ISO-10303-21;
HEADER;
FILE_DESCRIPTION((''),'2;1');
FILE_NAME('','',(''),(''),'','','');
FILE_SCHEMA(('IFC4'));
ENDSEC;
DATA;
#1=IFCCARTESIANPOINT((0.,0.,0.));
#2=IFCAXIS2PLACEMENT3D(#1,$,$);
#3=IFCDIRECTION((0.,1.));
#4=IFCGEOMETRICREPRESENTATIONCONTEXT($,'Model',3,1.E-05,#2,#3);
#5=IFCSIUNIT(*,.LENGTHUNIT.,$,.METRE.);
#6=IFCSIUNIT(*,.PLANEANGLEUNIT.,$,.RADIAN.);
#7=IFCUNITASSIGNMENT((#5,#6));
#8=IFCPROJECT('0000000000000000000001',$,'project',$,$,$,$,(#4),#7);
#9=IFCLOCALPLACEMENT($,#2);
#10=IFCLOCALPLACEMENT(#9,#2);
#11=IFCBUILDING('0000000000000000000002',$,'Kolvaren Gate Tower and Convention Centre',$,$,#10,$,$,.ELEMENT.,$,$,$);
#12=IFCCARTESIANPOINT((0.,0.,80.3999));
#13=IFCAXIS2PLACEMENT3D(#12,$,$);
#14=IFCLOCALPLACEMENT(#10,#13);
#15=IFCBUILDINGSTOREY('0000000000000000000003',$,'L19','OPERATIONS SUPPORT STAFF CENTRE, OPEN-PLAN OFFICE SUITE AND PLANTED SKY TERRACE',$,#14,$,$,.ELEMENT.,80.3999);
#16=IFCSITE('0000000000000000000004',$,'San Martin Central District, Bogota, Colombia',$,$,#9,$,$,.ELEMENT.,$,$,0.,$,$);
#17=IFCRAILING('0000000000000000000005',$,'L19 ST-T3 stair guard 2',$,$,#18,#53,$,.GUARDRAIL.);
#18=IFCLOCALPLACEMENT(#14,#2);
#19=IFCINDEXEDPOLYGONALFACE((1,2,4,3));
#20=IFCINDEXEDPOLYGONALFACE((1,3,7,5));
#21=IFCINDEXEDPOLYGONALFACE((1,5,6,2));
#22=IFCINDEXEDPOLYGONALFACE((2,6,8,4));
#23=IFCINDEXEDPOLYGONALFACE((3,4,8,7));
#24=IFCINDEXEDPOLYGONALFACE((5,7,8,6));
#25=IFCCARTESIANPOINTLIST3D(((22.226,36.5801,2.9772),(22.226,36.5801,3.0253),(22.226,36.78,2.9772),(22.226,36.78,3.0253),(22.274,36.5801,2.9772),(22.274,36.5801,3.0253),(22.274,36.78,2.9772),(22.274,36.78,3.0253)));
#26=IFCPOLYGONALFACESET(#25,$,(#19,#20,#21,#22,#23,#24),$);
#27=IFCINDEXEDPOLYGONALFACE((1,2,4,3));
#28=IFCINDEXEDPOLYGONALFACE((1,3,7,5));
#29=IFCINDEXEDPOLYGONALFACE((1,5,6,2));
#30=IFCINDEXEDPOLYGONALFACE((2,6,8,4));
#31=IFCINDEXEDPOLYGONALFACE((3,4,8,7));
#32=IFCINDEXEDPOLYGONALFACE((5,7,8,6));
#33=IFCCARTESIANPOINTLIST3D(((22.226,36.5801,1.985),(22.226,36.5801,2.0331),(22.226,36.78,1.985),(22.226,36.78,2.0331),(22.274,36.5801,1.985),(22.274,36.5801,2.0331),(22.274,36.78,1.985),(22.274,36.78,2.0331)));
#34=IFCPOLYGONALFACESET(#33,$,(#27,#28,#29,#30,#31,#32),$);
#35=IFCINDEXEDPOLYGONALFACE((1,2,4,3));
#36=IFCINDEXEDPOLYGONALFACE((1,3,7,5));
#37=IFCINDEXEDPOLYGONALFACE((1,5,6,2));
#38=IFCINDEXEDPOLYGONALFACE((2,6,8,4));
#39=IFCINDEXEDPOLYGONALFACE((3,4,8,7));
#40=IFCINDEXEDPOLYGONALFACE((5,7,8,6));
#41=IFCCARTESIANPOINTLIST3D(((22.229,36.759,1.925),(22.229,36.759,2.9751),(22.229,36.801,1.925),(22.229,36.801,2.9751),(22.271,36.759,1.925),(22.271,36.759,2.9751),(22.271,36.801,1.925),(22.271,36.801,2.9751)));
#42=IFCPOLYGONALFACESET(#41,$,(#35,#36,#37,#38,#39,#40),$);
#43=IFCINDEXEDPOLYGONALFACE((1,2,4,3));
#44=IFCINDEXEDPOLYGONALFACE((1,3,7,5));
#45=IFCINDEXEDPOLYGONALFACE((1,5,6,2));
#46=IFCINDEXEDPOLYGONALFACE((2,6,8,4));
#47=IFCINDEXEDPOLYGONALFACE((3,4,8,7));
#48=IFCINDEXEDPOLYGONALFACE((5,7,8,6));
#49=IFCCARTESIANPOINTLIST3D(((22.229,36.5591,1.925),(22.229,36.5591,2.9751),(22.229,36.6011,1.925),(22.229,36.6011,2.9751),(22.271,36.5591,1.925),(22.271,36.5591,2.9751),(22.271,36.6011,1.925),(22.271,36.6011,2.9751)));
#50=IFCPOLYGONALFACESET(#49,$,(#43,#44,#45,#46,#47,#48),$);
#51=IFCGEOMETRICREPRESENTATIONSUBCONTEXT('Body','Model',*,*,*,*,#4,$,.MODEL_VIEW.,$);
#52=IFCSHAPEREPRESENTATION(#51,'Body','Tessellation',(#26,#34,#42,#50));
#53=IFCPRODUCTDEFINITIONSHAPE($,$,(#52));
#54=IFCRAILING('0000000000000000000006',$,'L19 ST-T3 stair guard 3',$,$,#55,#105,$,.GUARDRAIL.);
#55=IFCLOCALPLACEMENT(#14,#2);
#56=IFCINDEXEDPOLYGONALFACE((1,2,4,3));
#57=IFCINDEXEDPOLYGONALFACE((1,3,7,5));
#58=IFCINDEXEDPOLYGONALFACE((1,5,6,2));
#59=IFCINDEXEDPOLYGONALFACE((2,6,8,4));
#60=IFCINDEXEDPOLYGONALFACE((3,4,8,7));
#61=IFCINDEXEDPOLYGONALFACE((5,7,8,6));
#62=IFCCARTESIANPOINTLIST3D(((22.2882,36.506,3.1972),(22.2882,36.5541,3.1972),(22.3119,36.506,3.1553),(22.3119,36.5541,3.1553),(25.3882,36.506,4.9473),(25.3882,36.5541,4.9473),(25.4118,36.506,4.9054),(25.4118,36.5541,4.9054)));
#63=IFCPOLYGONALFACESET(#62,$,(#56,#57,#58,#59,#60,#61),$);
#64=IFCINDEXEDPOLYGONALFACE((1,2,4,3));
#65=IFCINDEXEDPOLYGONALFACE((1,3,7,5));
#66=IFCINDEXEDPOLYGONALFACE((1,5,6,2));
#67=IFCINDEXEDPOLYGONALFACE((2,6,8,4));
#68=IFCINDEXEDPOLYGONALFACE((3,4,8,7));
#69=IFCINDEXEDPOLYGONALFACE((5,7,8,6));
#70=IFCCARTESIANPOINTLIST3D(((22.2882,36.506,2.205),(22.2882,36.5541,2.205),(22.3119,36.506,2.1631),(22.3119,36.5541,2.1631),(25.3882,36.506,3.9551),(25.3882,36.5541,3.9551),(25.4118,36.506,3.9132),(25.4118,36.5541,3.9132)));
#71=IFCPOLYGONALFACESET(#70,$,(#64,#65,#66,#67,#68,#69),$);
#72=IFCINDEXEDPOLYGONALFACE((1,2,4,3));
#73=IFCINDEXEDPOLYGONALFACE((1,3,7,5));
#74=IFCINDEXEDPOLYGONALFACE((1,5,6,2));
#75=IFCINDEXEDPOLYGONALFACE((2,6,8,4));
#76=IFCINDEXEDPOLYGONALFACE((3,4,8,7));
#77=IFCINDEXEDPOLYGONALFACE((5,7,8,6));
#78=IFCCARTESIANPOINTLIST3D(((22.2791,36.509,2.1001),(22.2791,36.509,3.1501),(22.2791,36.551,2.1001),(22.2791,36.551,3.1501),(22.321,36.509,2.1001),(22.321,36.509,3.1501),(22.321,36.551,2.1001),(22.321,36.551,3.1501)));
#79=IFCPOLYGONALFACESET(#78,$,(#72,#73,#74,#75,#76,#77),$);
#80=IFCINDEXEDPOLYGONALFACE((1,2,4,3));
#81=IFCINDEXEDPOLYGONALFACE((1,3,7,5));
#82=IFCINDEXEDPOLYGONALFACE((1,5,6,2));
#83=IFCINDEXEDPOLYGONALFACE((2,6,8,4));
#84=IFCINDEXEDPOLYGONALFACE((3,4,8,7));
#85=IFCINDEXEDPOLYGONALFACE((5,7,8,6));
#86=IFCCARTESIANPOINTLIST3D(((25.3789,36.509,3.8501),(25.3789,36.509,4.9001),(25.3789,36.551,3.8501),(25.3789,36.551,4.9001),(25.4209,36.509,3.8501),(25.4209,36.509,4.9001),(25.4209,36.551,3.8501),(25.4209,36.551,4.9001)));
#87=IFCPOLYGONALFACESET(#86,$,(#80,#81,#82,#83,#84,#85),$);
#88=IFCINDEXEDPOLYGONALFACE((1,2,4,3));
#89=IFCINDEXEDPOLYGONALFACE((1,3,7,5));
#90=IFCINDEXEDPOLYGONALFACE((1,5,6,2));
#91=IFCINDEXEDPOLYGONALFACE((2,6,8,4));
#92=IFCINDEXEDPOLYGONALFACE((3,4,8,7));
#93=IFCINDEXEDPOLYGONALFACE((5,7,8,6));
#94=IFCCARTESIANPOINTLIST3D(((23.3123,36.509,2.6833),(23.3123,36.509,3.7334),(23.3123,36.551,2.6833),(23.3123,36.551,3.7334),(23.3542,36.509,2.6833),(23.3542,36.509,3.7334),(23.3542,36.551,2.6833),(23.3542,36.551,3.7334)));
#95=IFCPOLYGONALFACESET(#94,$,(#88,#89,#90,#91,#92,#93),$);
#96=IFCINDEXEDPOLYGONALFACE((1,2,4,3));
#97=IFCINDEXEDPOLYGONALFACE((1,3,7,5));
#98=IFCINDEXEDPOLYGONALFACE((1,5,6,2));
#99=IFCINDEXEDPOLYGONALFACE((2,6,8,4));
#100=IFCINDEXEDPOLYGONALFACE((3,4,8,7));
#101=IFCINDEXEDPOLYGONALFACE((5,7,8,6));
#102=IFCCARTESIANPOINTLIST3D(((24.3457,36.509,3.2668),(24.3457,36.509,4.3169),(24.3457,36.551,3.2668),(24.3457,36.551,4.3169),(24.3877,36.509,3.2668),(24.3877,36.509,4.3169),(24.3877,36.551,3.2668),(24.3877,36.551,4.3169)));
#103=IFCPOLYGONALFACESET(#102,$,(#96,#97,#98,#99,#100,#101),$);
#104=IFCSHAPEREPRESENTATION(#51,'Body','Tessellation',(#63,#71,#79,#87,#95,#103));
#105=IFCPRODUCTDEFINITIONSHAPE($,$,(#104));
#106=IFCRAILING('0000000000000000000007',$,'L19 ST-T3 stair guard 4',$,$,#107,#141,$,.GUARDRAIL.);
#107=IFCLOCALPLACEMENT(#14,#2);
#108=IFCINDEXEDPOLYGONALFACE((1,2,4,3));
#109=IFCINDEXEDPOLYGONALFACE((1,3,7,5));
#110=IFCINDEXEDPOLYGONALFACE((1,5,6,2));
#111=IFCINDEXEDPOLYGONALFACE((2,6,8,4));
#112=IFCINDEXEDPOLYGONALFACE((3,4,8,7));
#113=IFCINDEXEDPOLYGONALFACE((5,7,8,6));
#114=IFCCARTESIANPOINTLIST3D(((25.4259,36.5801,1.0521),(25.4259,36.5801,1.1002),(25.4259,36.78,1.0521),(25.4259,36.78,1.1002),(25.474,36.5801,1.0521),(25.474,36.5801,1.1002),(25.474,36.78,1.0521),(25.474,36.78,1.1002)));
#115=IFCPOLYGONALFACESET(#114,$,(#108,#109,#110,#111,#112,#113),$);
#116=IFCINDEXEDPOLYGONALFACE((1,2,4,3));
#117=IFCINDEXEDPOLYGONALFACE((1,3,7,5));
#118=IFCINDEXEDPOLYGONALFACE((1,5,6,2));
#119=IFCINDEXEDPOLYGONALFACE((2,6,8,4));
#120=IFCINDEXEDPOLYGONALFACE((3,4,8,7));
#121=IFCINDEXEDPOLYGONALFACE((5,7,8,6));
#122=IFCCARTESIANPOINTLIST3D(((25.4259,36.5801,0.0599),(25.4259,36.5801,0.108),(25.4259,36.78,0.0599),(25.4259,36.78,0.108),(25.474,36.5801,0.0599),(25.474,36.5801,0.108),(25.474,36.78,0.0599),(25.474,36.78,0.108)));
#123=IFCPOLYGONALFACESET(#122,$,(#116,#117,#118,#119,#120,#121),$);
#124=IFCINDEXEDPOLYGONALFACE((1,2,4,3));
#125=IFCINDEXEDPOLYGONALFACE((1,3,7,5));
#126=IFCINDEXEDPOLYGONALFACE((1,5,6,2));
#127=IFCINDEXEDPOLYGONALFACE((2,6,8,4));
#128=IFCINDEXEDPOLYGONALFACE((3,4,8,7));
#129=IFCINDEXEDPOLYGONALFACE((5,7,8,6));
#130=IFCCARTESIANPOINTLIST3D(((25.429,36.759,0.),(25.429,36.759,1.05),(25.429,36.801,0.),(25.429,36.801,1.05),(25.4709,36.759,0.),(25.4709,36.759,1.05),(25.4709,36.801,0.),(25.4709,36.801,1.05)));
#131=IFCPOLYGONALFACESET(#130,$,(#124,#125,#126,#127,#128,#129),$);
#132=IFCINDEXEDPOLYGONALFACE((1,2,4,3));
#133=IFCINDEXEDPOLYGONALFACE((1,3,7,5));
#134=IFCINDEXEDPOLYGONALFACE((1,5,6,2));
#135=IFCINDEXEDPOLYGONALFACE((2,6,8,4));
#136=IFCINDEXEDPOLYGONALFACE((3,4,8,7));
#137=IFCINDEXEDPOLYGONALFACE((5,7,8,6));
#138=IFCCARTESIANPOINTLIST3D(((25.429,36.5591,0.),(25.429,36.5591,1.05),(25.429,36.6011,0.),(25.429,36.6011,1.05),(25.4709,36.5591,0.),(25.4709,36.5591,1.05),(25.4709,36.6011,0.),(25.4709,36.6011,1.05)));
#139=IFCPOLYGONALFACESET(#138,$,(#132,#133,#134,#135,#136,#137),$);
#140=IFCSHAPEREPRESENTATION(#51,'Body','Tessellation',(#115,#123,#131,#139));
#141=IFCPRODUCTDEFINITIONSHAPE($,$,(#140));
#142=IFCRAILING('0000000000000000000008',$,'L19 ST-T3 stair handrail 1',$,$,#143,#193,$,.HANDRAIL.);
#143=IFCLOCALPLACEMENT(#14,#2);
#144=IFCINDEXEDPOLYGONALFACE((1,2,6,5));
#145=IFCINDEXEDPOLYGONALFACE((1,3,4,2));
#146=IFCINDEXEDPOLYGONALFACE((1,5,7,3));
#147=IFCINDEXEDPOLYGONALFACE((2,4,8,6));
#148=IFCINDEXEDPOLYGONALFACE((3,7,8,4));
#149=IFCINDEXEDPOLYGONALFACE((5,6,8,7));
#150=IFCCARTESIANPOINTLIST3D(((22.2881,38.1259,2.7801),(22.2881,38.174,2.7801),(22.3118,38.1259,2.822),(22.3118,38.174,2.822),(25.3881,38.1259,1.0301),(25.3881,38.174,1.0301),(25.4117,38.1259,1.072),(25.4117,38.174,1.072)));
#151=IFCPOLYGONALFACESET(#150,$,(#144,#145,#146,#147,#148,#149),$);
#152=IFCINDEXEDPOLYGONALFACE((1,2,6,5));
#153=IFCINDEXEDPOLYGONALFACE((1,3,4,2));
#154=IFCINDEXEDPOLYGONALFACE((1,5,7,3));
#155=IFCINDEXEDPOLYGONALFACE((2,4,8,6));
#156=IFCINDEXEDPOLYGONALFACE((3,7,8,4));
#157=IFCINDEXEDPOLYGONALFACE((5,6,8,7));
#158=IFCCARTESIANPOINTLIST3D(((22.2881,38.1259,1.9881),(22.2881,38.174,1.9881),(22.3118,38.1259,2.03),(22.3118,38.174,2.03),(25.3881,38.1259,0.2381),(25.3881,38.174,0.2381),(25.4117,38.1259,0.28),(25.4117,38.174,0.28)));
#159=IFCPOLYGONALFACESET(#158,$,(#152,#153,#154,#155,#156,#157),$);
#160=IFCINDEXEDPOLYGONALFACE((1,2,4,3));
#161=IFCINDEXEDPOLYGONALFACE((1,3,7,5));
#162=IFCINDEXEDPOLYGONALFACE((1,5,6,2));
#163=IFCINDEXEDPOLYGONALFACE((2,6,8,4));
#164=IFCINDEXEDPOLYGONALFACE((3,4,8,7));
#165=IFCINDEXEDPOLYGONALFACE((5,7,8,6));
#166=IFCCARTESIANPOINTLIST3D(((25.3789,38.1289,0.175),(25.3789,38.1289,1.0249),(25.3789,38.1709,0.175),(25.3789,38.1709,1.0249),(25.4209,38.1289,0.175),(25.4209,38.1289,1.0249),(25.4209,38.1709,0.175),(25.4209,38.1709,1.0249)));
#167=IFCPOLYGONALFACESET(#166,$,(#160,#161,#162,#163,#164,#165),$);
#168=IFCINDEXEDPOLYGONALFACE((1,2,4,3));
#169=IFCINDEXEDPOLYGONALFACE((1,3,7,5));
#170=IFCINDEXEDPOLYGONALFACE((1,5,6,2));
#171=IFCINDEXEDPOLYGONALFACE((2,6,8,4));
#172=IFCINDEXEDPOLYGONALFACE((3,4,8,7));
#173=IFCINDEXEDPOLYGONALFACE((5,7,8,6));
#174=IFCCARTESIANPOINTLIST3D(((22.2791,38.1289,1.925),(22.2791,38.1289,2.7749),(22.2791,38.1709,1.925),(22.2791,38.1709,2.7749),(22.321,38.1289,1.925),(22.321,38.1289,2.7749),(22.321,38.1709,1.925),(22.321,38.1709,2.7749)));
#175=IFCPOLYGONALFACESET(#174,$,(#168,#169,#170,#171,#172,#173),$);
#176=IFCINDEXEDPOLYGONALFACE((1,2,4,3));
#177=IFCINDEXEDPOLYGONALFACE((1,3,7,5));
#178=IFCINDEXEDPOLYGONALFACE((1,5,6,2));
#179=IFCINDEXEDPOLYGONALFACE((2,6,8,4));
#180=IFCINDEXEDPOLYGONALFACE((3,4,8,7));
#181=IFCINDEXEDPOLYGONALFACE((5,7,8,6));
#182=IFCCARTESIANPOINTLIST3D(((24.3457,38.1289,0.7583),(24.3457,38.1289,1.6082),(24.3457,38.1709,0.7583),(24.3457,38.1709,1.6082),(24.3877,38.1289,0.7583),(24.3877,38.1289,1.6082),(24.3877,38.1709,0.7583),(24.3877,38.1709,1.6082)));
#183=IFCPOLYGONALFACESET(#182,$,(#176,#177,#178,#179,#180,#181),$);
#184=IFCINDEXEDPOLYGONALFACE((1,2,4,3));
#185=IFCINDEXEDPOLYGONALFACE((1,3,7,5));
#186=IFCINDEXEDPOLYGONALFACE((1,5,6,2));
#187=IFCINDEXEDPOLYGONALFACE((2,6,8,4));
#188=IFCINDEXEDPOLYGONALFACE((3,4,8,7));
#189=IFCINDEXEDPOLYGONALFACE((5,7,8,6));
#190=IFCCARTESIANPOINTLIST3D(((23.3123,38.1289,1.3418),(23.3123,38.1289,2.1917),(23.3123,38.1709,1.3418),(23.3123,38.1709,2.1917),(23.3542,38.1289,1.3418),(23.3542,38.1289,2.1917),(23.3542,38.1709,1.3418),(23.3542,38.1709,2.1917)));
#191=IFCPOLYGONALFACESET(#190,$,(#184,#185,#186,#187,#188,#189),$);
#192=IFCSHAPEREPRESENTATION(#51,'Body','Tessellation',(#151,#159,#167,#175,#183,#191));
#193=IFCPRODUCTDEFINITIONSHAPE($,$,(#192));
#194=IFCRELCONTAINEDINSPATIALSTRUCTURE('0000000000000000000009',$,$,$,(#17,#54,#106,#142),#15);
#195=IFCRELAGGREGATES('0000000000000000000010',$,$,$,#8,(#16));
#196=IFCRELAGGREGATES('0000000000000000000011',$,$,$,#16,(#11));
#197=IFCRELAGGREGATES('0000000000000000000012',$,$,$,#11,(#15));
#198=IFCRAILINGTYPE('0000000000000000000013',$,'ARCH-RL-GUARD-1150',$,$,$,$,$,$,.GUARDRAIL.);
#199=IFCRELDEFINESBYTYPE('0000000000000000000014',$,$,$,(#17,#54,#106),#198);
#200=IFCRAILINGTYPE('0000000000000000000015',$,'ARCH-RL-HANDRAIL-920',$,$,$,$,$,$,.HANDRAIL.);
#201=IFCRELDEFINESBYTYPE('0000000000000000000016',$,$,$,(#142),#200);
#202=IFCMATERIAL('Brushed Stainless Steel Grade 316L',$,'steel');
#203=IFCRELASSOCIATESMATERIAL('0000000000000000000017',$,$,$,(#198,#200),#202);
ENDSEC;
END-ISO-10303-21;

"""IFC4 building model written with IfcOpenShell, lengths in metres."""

from ifc_helpers import new_model, si_unit, direction, frame, origin, origin_2d, place, context, subcontext, project, spatial, rectangle, extrude, material, type_object, element, save


model = new_model("IFC4")

# Units and contexts
model_context = context("Model", 3, precision=1e-05, world=origin(), true_north=direction((0.0, 1.0)))
body_context = subcontext(model_context, "Body", "Model", "MODEL_VIEW")
ifc_project = project(units=[si_unit("LENGTHUNIT", "METRE"), si_unit("PLANEANGLEUNIT", "RADIAN")], contexts=[model_context])

# Site, building, storey
site_placement = place(None, origin())
site = spatial("IfcSite", under=ifc_project, at=site_placement, Name="San Martin Central District, Bogota, Colombia", CompositionType="ELEMENT", RefElevation=0.0)
building_placement = place(site_placement, origin())
building = spatial("IfcBuilding", under=site, at=building_placement, Name="Kolvaren Gate Tower and Convention Centre", CompositionType="ELEMENT")
storey_placement = place(building_placement, frame((0.0, 0.0, 80.3999)))
storey = spatial("IfcBuildingStorey", under=building, at=storey_placement, Name="L19", Description="OPERATIONS SUPPORT STAFF CENTRE, OPEN-PLAN OFFICE SUITE AND PLANTED SKY TERRACE", CompositionType="ELEMENT", Elevation=80.3999)

# Railings
ifc_material_1 = material(Name="Brushed Stainless Steel Grade 316L", Category="steel")
railing_type_1 = type_object("IfcRailingType", Name="ARCH-RL-GUARD-1150", PredefinedType="GUARDRAIL", material=ifc_material_1)
railing_1_placement = place(storey_placement, frame((22.25, 36.78, 1.925)))
element("IfcRailing", 1, at=railing_1_placement, inside=storey, type_object=railing_type_1, Name="L19 ST-T3 stair guard 2", PredefinedType="GUARDRAIL", context=body_context, shape_type="SweptSolid", body=[
    extrude(rectangle(XDim=0.0481, YDim=0.0481, at=origin_2d()), frame((0.0, 0.0, 1.0762), z_axis=(0.0, -1.0, 0.0), x_axis=(1.0, 0.0, 0.0)), (0.0, 0.0, 1.0), 0.2),
    extrude(rectangle(XDim=0.0481, YDim=0.0481, at=origin_2d()), frame((0.0, 0.0, 0.084), z_axis=(0.0, -1.0, 0.0), x_axis=(1.0, 0.0, 0.0)), (0.0, 0.0, 1.0), 0.2),
    extrude(rectangle(XDim=0.042, YDim=0.042, at=origin_2d()), origin(), (0.0, 0.0, 1.0), 1.05),
    extrude(rectangle(XDim=0.042, YDim=0.042, at=origin_2d()), frame((0.0, -0.2, 0.0)), (0.0, 0.0, 1.0), 1.05),
])
railing_2_placement = place(storey_placement, frame((22.3, 36.53, 2.1001)))
element("IfcRailing", 2, at=railing_2_placement, inside=storey, type_object=railing_type_1, Name="L19 ST-T3 stair guard 3", PredefinedType="GUARDRAIL", context=body_context, shape_type="SweptSolid", body=[
    extrude(rectangle(XDim=0.0481, YDim=0.0481, at=origin_2d()), frame((0.0, 0.0, 1.0762), z_axis=(0.870814, 0.0, 0.491612), x_axis=(0.0, 1.0, 0.0)), (0.0, 0.0, 1.0), 3.5598),
    extrude(rectangle(XDim=0.0481, YDim=0.0481, at=origin_2d()), frame((0.0, 0.0, 0.084), z_axis=(0.870814, 0.0, 0.491612), x_axis=(0.0, 1.0, 0.0)), (0.0, 0.0, 1.0), 3.5598),
    extrude(rectangle(XDim=0.042, YDim=0.042, at=origin_2d()), origin(), (0.0, 0.0, 1.0), 1.05),
    extrude(rectangle(XDim=0.042, YDim=0.042, at=origin_2d()), frame((3.0999, 0.0, 1.75)), (0.0, 0.0, 1.0), 1.05),
    extrude(rectangle(XDim=0.042, YDim=0.042, at=origin_2d()), frame((1.0332, 0.0, 0.5833)), (0.0, 0.0, 1.0), 1.05),
    extrude(rectangle(XDim=0.042, YDim=0.042, at=origin_2d()), frame((2.0667, 0.0, 1.1667)), (0.0, 0.0, 1.0), 1.05),
])
railing_3_placement = place(storey_placement, frame((25.45, 36.78, 0.0)))
element("IfcRailing", 3, at=railing_3_placement, inside=storey, type_object=railing_type_1, Name="L19 ST-T3 stair guard 4", PredefinedType="GUARDRAIL", context=body_context, shape_type="SweptSolid", body=[
    extrude(rectangle(XDim=0.0481, YDim=0.0481, at=origin_2d()), frame((0.0, 0.0, 1.0762), z_axis=(0.0, -1.0, 0.0), x_axis=(1.0, 0.0, 0.0)), (0.0, 0.0, 1.0), 0.2),
    extrude(rectangle(XDim=0.0481, YDim=0.0481, at=origin_2d()), frame((0.0, 0.0, 0.084), z_axis=(0.0, -1.0, 0.0), x_axis=(1.0, 0.0, 0.0)), (0.0, 0.0, 1.0), 0.2),
    extrude(rectangle(XDim=0.042, YDim=0.042, at=origin_2d()), origin(), (0.0, 0.0, 1.0), 1.05),
    extrude(rectangle(XDim=0.042, YDim=0.042, at=origin_2d()), frame((0.0, -0.2, 0.0)), (0.0, 0.0, 1.0), 1.05),
])
railing_type_2 = type_object("IfcRailingType", Name="ARCH-RL-HANDRAIL-920", PredefinedType="HANDRAIL", material=ifc_material_1)
railing_4_placement = place(storey_placement, frame((25.3999, 38.1499, 0.175)))
element("IfcRailing", 4, at=railing_4_placement, inside=storey, type_object=railing_type_2, Name="L19 ST-T3 stair handrail 1", PredefinedType="HANDRAIL", context=body_context, shape_type="SweptSolid", body=[
    extrude(rectangle(XDim=0.0481, YDim=0.0481, at=origin_2d()), frame((0.0, 0.0, 0.876), z_axis=(-0.870814, 0.0, 0.491612), x_axis=(0.0, -1.0, 0.0)), (0.0, 0.0, 1.0), 3.5598),
    extrude(rectangle(XDim=0.0481, YDim=0.0481, at=origin_2d()), frame((0.0, 0.0, 0.084), z_axis=(-0.870814, 0.0, 0.491612), x_axis=(0.0, -1.0, 0.0)), (0.0, 0.0, 1.0), 3.5598),
    extrude(rectangle(XDim=0.042, YDim=0.042, at=origin_2d()), origin(), (0.0, 0.0, 1.0), 0.8499),
    extrude(rectangle(XDim=0.042, YDim=0.042, at=origin_2d()), frame((-3.0999, 0.0, 1.75)), (0.0, 0.0, 1.0), 0.8499),
    extrude(rectangle(XDim=0.042, YDim=0.042, at=origin_2d()), frame((-1.0332, 0.0, 0.5833)), (0.0, 0.0, 1.0), 0.8499),
    extrude(rectangle(XDim=0.042, YDim=0.042, at=origin_2d()), frame((-2.0667, 0.0, 1.1667)), (0.0, 0.0, 1.0), 0.8499),
])

save(model, "model.ifc")
